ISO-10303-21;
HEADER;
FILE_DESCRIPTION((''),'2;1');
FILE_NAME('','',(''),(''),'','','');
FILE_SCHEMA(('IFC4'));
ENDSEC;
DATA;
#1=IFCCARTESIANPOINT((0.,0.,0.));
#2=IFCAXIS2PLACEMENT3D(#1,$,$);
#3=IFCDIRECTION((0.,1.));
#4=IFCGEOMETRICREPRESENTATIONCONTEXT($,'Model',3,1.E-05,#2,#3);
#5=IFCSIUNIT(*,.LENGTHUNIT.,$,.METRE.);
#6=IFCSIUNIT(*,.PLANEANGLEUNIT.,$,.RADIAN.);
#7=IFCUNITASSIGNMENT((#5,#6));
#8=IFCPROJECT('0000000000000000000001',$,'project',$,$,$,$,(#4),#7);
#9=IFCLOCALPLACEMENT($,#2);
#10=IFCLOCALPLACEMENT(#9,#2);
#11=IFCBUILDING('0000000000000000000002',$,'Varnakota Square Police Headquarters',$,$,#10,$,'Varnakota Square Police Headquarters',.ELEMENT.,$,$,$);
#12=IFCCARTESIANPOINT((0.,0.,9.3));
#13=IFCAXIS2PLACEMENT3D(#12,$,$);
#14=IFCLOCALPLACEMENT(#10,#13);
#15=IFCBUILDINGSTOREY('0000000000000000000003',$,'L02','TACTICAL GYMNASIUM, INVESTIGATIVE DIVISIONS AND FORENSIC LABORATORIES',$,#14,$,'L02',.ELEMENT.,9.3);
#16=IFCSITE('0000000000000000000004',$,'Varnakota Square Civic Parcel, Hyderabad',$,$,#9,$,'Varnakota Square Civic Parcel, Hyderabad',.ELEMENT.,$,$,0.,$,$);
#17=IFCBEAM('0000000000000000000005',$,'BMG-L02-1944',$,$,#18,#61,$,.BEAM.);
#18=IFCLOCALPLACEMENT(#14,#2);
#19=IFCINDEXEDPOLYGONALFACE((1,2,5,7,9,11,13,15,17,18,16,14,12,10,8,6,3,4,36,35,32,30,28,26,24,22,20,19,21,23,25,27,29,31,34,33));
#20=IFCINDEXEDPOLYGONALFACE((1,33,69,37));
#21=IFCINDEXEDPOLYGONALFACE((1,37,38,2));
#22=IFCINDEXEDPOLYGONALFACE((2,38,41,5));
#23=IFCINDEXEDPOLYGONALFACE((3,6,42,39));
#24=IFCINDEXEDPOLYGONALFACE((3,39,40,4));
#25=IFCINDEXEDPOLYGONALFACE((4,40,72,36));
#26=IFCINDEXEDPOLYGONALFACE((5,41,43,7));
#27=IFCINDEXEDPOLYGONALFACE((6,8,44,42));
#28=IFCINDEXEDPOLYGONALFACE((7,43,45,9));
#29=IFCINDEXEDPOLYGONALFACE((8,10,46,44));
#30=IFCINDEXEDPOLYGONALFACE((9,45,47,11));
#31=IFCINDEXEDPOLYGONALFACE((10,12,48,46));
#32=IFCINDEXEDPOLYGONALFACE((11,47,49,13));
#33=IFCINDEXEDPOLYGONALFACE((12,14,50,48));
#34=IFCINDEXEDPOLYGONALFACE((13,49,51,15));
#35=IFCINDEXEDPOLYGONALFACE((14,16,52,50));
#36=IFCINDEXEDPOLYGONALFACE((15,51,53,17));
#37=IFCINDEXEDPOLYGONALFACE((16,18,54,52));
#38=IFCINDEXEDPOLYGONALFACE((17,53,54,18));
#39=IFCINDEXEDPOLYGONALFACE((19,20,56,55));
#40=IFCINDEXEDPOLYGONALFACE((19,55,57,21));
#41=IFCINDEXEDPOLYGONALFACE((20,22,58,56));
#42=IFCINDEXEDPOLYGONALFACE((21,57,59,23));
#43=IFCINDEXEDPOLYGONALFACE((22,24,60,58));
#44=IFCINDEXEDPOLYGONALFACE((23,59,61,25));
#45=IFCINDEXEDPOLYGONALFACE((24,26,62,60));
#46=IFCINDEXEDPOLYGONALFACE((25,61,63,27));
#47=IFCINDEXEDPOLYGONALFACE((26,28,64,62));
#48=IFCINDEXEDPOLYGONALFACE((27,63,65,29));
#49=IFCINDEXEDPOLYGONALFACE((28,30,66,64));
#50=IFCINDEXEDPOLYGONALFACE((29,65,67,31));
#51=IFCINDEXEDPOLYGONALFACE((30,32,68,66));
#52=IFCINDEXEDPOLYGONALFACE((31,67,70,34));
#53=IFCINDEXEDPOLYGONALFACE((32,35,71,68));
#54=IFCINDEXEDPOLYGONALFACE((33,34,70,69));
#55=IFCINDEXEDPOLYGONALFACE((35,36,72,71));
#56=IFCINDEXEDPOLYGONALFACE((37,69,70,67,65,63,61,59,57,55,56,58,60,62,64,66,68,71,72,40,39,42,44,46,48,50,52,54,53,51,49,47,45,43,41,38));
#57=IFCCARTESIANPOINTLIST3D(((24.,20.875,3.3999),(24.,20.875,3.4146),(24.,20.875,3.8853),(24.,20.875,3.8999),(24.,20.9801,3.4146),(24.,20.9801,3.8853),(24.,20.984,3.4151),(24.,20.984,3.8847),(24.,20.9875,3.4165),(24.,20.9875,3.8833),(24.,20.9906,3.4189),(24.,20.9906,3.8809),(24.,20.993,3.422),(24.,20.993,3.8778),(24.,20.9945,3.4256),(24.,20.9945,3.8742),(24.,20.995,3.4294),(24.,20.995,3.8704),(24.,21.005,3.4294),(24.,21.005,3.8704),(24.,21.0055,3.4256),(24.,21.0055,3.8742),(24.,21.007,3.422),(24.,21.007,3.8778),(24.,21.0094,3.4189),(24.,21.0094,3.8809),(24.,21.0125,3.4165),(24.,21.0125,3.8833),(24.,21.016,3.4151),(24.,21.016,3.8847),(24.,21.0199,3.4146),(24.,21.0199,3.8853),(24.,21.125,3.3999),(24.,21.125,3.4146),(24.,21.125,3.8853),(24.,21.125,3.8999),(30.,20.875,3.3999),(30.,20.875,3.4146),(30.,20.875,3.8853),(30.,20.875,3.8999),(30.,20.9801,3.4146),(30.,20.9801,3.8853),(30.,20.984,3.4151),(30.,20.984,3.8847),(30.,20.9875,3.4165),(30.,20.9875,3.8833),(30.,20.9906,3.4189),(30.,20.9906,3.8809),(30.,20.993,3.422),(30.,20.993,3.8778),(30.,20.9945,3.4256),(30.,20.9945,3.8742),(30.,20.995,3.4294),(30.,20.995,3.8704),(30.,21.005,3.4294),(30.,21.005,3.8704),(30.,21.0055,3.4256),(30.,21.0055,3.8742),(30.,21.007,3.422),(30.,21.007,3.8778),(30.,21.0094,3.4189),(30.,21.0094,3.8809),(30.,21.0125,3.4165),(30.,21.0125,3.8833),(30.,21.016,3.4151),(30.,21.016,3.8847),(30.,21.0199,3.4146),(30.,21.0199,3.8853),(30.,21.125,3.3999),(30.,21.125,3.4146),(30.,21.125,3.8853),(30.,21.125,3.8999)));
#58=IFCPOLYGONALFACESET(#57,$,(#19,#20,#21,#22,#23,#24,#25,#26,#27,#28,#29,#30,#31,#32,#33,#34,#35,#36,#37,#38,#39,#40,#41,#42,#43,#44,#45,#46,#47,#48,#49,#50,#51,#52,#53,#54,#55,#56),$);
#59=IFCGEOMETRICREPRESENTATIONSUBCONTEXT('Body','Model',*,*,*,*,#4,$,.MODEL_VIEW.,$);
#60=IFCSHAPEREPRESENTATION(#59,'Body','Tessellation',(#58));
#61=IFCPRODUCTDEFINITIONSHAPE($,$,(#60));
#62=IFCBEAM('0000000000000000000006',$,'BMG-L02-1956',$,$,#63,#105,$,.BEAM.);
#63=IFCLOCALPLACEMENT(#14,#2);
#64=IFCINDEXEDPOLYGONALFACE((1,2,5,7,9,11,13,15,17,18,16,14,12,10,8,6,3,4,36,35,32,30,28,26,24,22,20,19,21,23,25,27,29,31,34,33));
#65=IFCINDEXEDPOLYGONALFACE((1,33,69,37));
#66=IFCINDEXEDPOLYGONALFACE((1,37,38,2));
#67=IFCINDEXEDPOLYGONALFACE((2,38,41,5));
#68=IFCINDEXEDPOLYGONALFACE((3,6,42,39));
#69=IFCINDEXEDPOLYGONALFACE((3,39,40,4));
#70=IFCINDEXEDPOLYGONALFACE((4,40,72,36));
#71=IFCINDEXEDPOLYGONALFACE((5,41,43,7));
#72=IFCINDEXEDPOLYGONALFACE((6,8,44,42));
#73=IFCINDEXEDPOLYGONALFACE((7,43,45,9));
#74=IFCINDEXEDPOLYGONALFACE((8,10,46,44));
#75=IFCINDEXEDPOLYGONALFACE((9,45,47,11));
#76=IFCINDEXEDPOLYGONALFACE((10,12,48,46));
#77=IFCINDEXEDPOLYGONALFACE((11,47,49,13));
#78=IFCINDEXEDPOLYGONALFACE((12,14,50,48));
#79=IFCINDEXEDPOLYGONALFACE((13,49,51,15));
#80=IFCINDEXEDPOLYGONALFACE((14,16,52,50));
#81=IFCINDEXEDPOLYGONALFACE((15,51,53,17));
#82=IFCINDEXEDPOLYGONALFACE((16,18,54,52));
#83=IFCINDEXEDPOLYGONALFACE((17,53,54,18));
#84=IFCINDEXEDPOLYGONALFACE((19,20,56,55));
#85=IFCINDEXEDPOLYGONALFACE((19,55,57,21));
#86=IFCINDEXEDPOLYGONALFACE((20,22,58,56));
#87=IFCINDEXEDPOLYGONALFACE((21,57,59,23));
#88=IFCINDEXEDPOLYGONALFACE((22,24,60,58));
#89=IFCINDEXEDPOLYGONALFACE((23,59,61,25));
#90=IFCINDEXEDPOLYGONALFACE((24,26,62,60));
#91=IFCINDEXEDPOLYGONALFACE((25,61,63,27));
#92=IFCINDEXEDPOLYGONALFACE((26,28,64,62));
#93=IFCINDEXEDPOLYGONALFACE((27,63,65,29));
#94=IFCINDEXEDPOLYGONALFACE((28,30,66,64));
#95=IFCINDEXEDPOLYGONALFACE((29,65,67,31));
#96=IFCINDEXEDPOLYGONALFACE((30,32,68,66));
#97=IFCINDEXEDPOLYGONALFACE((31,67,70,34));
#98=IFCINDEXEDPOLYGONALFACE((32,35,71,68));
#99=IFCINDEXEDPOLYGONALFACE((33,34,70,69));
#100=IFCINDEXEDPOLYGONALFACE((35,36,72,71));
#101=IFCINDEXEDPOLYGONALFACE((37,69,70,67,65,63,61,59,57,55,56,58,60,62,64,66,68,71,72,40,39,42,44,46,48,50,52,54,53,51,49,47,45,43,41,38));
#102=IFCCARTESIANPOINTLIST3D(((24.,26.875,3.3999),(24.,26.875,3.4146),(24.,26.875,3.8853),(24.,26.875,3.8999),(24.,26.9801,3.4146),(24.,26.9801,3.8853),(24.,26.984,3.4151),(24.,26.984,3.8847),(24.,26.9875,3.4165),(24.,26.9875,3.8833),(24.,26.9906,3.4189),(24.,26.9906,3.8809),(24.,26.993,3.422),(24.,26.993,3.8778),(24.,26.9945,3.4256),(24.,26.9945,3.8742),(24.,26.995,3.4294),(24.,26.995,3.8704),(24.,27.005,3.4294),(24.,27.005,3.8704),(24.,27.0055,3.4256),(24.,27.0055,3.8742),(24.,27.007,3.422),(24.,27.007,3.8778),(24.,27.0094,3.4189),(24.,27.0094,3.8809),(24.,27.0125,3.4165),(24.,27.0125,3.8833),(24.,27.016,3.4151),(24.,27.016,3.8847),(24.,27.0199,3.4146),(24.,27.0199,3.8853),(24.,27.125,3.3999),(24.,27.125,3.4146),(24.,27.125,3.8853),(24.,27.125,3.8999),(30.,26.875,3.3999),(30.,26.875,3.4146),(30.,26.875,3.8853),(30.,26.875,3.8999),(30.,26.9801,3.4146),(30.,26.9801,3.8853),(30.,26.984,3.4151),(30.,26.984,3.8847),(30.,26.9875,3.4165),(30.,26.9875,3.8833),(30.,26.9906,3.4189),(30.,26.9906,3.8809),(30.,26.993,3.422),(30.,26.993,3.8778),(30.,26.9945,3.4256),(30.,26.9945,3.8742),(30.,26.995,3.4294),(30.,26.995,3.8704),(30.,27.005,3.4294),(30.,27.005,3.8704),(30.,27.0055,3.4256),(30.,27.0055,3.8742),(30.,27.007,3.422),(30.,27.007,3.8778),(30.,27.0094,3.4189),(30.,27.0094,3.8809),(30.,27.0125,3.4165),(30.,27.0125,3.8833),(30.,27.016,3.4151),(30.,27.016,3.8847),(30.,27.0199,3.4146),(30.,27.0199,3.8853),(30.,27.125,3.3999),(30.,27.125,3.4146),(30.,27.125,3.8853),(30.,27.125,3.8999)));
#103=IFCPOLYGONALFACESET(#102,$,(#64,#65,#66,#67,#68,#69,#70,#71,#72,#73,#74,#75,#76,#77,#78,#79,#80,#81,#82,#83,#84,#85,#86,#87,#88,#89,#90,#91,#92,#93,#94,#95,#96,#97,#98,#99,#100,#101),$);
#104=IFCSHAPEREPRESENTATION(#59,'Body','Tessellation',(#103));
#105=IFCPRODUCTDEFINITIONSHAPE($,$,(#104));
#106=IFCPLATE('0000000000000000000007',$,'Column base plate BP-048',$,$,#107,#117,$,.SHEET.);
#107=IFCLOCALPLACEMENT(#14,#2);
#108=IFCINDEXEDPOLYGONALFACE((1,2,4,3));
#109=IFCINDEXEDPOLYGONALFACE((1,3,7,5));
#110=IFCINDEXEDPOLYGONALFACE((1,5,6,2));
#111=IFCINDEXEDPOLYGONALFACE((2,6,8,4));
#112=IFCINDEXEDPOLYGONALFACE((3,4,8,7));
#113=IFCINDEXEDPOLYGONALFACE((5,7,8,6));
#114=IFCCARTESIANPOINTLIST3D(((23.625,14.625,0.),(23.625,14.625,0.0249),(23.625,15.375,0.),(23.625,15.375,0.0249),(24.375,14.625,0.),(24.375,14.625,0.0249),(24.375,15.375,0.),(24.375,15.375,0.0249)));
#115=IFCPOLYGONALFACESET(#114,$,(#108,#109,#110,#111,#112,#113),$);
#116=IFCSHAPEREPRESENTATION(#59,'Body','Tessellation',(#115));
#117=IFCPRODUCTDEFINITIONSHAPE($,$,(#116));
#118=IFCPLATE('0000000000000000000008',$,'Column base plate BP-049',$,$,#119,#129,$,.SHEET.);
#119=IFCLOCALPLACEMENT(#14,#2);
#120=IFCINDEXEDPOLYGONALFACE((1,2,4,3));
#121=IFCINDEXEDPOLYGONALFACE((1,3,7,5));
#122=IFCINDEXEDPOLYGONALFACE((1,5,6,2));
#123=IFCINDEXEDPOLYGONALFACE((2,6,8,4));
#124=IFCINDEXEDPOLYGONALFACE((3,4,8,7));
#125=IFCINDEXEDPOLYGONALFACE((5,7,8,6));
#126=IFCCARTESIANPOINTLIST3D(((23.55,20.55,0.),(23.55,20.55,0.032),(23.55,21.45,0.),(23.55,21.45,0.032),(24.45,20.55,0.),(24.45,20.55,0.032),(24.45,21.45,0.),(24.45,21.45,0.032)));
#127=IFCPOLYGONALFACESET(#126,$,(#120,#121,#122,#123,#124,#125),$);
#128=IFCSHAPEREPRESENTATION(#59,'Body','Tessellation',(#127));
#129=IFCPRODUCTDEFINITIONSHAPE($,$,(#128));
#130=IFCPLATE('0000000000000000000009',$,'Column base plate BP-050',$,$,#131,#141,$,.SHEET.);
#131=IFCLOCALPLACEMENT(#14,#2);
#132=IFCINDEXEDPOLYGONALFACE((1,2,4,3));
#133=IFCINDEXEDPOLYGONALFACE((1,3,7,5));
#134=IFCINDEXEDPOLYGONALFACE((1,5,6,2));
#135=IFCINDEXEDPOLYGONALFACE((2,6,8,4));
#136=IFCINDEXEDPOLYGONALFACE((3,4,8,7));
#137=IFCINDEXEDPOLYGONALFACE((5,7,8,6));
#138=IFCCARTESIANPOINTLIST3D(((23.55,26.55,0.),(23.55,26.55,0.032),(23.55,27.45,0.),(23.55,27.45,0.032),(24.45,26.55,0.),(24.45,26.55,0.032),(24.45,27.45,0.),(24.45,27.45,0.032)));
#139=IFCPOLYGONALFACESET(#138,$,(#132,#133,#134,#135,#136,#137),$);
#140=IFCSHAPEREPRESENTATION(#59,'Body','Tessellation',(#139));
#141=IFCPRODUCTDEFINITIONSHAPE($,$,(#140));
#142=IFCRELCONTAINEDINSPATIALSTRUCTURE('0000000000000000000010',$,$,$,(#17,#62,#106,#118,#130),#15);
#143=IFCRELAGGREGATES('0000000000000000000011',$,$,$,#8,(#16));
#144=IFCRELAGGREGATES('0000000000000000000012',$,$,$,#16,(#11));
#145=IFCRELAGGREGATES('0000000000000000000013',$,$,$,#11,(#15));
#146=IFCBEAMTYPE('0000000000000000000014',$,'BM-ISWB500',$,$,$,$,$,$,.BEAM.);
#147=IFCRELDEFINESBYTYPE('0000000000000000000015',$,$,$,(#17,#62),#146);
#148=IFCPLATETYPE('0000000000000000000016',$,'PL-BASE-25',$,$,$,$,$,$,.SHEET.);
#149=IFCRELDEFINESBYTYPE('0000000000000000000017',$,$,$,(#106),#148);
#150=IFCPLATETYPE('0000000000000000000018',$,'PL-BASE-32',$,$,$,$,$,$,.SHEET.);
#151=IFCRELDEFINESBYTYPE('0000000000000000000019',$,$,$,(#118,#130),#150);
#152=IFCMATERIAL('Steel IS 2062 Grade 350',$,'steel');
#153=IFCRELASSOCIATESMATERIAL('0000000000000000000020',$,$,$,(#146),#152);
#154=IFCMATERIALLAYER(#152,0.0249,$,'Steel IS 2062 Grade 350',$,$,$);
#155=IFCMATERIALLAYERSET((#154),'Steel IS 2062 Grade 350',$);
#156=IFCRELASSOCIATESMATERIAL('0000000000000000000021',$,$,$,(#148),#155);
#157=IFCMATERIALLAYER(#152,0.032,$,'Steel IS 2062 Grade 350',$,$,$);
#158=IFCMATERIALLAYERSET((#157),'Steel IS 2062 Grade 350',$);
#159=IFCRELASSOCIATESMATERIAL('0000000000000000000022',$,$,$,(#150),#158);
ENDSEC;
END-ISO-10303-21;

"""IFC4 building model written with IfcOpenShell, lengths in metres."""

from ifc_helpers import new_model, si_unit, direction, frame, origin, origin_2d, place, context, subcontext, project, spatial, rectangle, i_section, extrude, material, layer, layer_set, material_profile, profile_set, type_object, element, save


model = new_model("IFC4")

# Units and contexts
model_context = context("Model", 3, precision=1e-05, world=origin(), true_north=direction((0.0, 1.0)))
body_context = subcontext(model_context, "Body", "Model", "MODEL_VIEW")
ifc_project = project(units=[si_unit("LENGTHUNIT", "METRE"), si_unit("PLANEANGLEUNIT", "RADIAN")], contexts=[model_context])

# Site, building, storey
site_placement = place(None, origin())
site = spatial("IfcSite", under=ifc_project, at=site_placement, Name="Varnakota Square Civic Parcel, Hyderabad", LongName="Varnakota Square Civic Parcel, Hyderabad", CompositionType="ELEMENT", RefElevation=0.0)
building_placement = place(site_placement, origin())
building = spatial("IfcBuilding", under=site, at=building_placement, Name="Varnakota Square Police Headquarters", LongName="Varnakota Square Police Headquarters", CompositionType="ELEMENT")
storey_placement = place(building_placement, frame((0.0, 0.0, 9.3)))
storey = spatial("IfcBuildingStorey", under=building, at=storey_placement, Name="L02", Description="TACTICAL GYMNASIUM, INVESTIGATIVE DIVISIONS AND FORENSIC LABORATORIES", LongName="L02", CompositionType="ELEMENT", Elevation=9.3)

# Shared definitions
ifc_material = material(Name="Steel IS 2062 Grade 350", Category="steel")

# Beams
ifc_material_profile_1 = material_profile(ifc_material, i_section(OverallWidth=0.25, OverallDepth=0.5, WebThickness=0.01, FlangeThickness=0.0146, FilletRadius=0.0149, at=origin_2d()), Name="ISWB 500")
ifc_profile_set_1 = profile_set([ifc_material_profile_1], Name="Steel IS 2062 Grade 350")
beam_type_1 = type_object("IfcBeamType", Name="BM-ISWB500", PredefinedType="BEAM", material=ifc_profile_set_1)
for number, where, z_axis, x_axis, name in (
    (1, (24.0, 21.0, 3.6499), (1.0, 0.0, 0.0), (0.0, 1.0, 0.0), "BMG-L02-1944"),
    (2, (24.0, 27.0, 3.6499), (1.0, 0.0, 0.0), (0.0, 1.0, 0.0), "BMG-L02-1956"),
):
    element("IfcBeam", number, at=place(storey_placement, frame(where, z_axis=z_axis, x_axis=x_axis)), inside=storey, type_object=beam_type_1, Name=name, PredefinedType="BEAM", context=body_context, shape_type="SweptSolid", body=[
        extrude(i_section(OverallWidth=0.25, OverallDepth=0.5, WebThickness=0.01, FlangeThickness=0.0146, FilletRadius=0.0149, at=origin_2d()), origin(), (0.0, 0.0, 1.0), 6.0),
    ])

# Plates
ifc_layer_1 = layer(ifc_material, 0.0249, Name="Steel IS 2062 Grade 350")
ifc_layer_set_1 = layer_set([ifc_layer_1], Name="Steel IS 2062 Grade 350")
plate_type_1 = type_object("IfcPlateType", Name="PL-BASE-25", PredefinedType="SHEET", material=ifc_layer_set_1)
plate_placement = place(storey_placement, frame((24.0, 15.0, 0.0), z_axis=(0.0, 0.0, 1.0), x_axis=(1.0, 0.0, 0.0)))
element("IfcPlate", 3, at=plate_placement, inside=storey, type_object=plate_type_1, Name="Column base plate BP-048", PredefinedType="SHEET", context=body_context, shape_type="SweptSolid", body=[
    extrude(rectangle(XDim=0.75, YDim=0.75, at=origin_2d()), origin(), (0.0, 0.0, 1.0), 0.0249),
])
ifc_layer_2 = layer(ifc_material, 0.032, Name="Steel IS 2062 Grade 350")
ifc_layer_set_2 = layer_set([ifc_layer_2], Name="Steel IS 2062 Grade 350")
plate_type_2 = type_object("IfcPlateType", Name="PL-BASE-32", PredefinedType="SHEET", material=ifc_layer_set_2)
for number, where, z_axis, x_axis, name in (
    (4, (24.0, 21.0, 0.0), (0.0, 0.0, 1.0), (1.0, 0.0, 0.0), "Column base plate BP-049"),
    (5, (24.0, 27.0, 0.0), (0.0, 0.0, 1.0), (1.0, 0.0, 0.0), "Column base plate BP-050"),
):
    element("IfcPlate", number, at=place(storey_placement, frame(where, z_axis=z_axis, x_axis=x_axis)), inside=storey, type_object=plate_type_2, Name=name, PredefinedType="SHEET", context=body_context, shape_type="SweptSolid", body=[
        extrude(rectangle(XDim=0.8999, YDim=0.8999, at=origin_2d()), origin(), (0.0, 0.0, 1.0), 0.032),
    ])

save(model, "model.ifc")
